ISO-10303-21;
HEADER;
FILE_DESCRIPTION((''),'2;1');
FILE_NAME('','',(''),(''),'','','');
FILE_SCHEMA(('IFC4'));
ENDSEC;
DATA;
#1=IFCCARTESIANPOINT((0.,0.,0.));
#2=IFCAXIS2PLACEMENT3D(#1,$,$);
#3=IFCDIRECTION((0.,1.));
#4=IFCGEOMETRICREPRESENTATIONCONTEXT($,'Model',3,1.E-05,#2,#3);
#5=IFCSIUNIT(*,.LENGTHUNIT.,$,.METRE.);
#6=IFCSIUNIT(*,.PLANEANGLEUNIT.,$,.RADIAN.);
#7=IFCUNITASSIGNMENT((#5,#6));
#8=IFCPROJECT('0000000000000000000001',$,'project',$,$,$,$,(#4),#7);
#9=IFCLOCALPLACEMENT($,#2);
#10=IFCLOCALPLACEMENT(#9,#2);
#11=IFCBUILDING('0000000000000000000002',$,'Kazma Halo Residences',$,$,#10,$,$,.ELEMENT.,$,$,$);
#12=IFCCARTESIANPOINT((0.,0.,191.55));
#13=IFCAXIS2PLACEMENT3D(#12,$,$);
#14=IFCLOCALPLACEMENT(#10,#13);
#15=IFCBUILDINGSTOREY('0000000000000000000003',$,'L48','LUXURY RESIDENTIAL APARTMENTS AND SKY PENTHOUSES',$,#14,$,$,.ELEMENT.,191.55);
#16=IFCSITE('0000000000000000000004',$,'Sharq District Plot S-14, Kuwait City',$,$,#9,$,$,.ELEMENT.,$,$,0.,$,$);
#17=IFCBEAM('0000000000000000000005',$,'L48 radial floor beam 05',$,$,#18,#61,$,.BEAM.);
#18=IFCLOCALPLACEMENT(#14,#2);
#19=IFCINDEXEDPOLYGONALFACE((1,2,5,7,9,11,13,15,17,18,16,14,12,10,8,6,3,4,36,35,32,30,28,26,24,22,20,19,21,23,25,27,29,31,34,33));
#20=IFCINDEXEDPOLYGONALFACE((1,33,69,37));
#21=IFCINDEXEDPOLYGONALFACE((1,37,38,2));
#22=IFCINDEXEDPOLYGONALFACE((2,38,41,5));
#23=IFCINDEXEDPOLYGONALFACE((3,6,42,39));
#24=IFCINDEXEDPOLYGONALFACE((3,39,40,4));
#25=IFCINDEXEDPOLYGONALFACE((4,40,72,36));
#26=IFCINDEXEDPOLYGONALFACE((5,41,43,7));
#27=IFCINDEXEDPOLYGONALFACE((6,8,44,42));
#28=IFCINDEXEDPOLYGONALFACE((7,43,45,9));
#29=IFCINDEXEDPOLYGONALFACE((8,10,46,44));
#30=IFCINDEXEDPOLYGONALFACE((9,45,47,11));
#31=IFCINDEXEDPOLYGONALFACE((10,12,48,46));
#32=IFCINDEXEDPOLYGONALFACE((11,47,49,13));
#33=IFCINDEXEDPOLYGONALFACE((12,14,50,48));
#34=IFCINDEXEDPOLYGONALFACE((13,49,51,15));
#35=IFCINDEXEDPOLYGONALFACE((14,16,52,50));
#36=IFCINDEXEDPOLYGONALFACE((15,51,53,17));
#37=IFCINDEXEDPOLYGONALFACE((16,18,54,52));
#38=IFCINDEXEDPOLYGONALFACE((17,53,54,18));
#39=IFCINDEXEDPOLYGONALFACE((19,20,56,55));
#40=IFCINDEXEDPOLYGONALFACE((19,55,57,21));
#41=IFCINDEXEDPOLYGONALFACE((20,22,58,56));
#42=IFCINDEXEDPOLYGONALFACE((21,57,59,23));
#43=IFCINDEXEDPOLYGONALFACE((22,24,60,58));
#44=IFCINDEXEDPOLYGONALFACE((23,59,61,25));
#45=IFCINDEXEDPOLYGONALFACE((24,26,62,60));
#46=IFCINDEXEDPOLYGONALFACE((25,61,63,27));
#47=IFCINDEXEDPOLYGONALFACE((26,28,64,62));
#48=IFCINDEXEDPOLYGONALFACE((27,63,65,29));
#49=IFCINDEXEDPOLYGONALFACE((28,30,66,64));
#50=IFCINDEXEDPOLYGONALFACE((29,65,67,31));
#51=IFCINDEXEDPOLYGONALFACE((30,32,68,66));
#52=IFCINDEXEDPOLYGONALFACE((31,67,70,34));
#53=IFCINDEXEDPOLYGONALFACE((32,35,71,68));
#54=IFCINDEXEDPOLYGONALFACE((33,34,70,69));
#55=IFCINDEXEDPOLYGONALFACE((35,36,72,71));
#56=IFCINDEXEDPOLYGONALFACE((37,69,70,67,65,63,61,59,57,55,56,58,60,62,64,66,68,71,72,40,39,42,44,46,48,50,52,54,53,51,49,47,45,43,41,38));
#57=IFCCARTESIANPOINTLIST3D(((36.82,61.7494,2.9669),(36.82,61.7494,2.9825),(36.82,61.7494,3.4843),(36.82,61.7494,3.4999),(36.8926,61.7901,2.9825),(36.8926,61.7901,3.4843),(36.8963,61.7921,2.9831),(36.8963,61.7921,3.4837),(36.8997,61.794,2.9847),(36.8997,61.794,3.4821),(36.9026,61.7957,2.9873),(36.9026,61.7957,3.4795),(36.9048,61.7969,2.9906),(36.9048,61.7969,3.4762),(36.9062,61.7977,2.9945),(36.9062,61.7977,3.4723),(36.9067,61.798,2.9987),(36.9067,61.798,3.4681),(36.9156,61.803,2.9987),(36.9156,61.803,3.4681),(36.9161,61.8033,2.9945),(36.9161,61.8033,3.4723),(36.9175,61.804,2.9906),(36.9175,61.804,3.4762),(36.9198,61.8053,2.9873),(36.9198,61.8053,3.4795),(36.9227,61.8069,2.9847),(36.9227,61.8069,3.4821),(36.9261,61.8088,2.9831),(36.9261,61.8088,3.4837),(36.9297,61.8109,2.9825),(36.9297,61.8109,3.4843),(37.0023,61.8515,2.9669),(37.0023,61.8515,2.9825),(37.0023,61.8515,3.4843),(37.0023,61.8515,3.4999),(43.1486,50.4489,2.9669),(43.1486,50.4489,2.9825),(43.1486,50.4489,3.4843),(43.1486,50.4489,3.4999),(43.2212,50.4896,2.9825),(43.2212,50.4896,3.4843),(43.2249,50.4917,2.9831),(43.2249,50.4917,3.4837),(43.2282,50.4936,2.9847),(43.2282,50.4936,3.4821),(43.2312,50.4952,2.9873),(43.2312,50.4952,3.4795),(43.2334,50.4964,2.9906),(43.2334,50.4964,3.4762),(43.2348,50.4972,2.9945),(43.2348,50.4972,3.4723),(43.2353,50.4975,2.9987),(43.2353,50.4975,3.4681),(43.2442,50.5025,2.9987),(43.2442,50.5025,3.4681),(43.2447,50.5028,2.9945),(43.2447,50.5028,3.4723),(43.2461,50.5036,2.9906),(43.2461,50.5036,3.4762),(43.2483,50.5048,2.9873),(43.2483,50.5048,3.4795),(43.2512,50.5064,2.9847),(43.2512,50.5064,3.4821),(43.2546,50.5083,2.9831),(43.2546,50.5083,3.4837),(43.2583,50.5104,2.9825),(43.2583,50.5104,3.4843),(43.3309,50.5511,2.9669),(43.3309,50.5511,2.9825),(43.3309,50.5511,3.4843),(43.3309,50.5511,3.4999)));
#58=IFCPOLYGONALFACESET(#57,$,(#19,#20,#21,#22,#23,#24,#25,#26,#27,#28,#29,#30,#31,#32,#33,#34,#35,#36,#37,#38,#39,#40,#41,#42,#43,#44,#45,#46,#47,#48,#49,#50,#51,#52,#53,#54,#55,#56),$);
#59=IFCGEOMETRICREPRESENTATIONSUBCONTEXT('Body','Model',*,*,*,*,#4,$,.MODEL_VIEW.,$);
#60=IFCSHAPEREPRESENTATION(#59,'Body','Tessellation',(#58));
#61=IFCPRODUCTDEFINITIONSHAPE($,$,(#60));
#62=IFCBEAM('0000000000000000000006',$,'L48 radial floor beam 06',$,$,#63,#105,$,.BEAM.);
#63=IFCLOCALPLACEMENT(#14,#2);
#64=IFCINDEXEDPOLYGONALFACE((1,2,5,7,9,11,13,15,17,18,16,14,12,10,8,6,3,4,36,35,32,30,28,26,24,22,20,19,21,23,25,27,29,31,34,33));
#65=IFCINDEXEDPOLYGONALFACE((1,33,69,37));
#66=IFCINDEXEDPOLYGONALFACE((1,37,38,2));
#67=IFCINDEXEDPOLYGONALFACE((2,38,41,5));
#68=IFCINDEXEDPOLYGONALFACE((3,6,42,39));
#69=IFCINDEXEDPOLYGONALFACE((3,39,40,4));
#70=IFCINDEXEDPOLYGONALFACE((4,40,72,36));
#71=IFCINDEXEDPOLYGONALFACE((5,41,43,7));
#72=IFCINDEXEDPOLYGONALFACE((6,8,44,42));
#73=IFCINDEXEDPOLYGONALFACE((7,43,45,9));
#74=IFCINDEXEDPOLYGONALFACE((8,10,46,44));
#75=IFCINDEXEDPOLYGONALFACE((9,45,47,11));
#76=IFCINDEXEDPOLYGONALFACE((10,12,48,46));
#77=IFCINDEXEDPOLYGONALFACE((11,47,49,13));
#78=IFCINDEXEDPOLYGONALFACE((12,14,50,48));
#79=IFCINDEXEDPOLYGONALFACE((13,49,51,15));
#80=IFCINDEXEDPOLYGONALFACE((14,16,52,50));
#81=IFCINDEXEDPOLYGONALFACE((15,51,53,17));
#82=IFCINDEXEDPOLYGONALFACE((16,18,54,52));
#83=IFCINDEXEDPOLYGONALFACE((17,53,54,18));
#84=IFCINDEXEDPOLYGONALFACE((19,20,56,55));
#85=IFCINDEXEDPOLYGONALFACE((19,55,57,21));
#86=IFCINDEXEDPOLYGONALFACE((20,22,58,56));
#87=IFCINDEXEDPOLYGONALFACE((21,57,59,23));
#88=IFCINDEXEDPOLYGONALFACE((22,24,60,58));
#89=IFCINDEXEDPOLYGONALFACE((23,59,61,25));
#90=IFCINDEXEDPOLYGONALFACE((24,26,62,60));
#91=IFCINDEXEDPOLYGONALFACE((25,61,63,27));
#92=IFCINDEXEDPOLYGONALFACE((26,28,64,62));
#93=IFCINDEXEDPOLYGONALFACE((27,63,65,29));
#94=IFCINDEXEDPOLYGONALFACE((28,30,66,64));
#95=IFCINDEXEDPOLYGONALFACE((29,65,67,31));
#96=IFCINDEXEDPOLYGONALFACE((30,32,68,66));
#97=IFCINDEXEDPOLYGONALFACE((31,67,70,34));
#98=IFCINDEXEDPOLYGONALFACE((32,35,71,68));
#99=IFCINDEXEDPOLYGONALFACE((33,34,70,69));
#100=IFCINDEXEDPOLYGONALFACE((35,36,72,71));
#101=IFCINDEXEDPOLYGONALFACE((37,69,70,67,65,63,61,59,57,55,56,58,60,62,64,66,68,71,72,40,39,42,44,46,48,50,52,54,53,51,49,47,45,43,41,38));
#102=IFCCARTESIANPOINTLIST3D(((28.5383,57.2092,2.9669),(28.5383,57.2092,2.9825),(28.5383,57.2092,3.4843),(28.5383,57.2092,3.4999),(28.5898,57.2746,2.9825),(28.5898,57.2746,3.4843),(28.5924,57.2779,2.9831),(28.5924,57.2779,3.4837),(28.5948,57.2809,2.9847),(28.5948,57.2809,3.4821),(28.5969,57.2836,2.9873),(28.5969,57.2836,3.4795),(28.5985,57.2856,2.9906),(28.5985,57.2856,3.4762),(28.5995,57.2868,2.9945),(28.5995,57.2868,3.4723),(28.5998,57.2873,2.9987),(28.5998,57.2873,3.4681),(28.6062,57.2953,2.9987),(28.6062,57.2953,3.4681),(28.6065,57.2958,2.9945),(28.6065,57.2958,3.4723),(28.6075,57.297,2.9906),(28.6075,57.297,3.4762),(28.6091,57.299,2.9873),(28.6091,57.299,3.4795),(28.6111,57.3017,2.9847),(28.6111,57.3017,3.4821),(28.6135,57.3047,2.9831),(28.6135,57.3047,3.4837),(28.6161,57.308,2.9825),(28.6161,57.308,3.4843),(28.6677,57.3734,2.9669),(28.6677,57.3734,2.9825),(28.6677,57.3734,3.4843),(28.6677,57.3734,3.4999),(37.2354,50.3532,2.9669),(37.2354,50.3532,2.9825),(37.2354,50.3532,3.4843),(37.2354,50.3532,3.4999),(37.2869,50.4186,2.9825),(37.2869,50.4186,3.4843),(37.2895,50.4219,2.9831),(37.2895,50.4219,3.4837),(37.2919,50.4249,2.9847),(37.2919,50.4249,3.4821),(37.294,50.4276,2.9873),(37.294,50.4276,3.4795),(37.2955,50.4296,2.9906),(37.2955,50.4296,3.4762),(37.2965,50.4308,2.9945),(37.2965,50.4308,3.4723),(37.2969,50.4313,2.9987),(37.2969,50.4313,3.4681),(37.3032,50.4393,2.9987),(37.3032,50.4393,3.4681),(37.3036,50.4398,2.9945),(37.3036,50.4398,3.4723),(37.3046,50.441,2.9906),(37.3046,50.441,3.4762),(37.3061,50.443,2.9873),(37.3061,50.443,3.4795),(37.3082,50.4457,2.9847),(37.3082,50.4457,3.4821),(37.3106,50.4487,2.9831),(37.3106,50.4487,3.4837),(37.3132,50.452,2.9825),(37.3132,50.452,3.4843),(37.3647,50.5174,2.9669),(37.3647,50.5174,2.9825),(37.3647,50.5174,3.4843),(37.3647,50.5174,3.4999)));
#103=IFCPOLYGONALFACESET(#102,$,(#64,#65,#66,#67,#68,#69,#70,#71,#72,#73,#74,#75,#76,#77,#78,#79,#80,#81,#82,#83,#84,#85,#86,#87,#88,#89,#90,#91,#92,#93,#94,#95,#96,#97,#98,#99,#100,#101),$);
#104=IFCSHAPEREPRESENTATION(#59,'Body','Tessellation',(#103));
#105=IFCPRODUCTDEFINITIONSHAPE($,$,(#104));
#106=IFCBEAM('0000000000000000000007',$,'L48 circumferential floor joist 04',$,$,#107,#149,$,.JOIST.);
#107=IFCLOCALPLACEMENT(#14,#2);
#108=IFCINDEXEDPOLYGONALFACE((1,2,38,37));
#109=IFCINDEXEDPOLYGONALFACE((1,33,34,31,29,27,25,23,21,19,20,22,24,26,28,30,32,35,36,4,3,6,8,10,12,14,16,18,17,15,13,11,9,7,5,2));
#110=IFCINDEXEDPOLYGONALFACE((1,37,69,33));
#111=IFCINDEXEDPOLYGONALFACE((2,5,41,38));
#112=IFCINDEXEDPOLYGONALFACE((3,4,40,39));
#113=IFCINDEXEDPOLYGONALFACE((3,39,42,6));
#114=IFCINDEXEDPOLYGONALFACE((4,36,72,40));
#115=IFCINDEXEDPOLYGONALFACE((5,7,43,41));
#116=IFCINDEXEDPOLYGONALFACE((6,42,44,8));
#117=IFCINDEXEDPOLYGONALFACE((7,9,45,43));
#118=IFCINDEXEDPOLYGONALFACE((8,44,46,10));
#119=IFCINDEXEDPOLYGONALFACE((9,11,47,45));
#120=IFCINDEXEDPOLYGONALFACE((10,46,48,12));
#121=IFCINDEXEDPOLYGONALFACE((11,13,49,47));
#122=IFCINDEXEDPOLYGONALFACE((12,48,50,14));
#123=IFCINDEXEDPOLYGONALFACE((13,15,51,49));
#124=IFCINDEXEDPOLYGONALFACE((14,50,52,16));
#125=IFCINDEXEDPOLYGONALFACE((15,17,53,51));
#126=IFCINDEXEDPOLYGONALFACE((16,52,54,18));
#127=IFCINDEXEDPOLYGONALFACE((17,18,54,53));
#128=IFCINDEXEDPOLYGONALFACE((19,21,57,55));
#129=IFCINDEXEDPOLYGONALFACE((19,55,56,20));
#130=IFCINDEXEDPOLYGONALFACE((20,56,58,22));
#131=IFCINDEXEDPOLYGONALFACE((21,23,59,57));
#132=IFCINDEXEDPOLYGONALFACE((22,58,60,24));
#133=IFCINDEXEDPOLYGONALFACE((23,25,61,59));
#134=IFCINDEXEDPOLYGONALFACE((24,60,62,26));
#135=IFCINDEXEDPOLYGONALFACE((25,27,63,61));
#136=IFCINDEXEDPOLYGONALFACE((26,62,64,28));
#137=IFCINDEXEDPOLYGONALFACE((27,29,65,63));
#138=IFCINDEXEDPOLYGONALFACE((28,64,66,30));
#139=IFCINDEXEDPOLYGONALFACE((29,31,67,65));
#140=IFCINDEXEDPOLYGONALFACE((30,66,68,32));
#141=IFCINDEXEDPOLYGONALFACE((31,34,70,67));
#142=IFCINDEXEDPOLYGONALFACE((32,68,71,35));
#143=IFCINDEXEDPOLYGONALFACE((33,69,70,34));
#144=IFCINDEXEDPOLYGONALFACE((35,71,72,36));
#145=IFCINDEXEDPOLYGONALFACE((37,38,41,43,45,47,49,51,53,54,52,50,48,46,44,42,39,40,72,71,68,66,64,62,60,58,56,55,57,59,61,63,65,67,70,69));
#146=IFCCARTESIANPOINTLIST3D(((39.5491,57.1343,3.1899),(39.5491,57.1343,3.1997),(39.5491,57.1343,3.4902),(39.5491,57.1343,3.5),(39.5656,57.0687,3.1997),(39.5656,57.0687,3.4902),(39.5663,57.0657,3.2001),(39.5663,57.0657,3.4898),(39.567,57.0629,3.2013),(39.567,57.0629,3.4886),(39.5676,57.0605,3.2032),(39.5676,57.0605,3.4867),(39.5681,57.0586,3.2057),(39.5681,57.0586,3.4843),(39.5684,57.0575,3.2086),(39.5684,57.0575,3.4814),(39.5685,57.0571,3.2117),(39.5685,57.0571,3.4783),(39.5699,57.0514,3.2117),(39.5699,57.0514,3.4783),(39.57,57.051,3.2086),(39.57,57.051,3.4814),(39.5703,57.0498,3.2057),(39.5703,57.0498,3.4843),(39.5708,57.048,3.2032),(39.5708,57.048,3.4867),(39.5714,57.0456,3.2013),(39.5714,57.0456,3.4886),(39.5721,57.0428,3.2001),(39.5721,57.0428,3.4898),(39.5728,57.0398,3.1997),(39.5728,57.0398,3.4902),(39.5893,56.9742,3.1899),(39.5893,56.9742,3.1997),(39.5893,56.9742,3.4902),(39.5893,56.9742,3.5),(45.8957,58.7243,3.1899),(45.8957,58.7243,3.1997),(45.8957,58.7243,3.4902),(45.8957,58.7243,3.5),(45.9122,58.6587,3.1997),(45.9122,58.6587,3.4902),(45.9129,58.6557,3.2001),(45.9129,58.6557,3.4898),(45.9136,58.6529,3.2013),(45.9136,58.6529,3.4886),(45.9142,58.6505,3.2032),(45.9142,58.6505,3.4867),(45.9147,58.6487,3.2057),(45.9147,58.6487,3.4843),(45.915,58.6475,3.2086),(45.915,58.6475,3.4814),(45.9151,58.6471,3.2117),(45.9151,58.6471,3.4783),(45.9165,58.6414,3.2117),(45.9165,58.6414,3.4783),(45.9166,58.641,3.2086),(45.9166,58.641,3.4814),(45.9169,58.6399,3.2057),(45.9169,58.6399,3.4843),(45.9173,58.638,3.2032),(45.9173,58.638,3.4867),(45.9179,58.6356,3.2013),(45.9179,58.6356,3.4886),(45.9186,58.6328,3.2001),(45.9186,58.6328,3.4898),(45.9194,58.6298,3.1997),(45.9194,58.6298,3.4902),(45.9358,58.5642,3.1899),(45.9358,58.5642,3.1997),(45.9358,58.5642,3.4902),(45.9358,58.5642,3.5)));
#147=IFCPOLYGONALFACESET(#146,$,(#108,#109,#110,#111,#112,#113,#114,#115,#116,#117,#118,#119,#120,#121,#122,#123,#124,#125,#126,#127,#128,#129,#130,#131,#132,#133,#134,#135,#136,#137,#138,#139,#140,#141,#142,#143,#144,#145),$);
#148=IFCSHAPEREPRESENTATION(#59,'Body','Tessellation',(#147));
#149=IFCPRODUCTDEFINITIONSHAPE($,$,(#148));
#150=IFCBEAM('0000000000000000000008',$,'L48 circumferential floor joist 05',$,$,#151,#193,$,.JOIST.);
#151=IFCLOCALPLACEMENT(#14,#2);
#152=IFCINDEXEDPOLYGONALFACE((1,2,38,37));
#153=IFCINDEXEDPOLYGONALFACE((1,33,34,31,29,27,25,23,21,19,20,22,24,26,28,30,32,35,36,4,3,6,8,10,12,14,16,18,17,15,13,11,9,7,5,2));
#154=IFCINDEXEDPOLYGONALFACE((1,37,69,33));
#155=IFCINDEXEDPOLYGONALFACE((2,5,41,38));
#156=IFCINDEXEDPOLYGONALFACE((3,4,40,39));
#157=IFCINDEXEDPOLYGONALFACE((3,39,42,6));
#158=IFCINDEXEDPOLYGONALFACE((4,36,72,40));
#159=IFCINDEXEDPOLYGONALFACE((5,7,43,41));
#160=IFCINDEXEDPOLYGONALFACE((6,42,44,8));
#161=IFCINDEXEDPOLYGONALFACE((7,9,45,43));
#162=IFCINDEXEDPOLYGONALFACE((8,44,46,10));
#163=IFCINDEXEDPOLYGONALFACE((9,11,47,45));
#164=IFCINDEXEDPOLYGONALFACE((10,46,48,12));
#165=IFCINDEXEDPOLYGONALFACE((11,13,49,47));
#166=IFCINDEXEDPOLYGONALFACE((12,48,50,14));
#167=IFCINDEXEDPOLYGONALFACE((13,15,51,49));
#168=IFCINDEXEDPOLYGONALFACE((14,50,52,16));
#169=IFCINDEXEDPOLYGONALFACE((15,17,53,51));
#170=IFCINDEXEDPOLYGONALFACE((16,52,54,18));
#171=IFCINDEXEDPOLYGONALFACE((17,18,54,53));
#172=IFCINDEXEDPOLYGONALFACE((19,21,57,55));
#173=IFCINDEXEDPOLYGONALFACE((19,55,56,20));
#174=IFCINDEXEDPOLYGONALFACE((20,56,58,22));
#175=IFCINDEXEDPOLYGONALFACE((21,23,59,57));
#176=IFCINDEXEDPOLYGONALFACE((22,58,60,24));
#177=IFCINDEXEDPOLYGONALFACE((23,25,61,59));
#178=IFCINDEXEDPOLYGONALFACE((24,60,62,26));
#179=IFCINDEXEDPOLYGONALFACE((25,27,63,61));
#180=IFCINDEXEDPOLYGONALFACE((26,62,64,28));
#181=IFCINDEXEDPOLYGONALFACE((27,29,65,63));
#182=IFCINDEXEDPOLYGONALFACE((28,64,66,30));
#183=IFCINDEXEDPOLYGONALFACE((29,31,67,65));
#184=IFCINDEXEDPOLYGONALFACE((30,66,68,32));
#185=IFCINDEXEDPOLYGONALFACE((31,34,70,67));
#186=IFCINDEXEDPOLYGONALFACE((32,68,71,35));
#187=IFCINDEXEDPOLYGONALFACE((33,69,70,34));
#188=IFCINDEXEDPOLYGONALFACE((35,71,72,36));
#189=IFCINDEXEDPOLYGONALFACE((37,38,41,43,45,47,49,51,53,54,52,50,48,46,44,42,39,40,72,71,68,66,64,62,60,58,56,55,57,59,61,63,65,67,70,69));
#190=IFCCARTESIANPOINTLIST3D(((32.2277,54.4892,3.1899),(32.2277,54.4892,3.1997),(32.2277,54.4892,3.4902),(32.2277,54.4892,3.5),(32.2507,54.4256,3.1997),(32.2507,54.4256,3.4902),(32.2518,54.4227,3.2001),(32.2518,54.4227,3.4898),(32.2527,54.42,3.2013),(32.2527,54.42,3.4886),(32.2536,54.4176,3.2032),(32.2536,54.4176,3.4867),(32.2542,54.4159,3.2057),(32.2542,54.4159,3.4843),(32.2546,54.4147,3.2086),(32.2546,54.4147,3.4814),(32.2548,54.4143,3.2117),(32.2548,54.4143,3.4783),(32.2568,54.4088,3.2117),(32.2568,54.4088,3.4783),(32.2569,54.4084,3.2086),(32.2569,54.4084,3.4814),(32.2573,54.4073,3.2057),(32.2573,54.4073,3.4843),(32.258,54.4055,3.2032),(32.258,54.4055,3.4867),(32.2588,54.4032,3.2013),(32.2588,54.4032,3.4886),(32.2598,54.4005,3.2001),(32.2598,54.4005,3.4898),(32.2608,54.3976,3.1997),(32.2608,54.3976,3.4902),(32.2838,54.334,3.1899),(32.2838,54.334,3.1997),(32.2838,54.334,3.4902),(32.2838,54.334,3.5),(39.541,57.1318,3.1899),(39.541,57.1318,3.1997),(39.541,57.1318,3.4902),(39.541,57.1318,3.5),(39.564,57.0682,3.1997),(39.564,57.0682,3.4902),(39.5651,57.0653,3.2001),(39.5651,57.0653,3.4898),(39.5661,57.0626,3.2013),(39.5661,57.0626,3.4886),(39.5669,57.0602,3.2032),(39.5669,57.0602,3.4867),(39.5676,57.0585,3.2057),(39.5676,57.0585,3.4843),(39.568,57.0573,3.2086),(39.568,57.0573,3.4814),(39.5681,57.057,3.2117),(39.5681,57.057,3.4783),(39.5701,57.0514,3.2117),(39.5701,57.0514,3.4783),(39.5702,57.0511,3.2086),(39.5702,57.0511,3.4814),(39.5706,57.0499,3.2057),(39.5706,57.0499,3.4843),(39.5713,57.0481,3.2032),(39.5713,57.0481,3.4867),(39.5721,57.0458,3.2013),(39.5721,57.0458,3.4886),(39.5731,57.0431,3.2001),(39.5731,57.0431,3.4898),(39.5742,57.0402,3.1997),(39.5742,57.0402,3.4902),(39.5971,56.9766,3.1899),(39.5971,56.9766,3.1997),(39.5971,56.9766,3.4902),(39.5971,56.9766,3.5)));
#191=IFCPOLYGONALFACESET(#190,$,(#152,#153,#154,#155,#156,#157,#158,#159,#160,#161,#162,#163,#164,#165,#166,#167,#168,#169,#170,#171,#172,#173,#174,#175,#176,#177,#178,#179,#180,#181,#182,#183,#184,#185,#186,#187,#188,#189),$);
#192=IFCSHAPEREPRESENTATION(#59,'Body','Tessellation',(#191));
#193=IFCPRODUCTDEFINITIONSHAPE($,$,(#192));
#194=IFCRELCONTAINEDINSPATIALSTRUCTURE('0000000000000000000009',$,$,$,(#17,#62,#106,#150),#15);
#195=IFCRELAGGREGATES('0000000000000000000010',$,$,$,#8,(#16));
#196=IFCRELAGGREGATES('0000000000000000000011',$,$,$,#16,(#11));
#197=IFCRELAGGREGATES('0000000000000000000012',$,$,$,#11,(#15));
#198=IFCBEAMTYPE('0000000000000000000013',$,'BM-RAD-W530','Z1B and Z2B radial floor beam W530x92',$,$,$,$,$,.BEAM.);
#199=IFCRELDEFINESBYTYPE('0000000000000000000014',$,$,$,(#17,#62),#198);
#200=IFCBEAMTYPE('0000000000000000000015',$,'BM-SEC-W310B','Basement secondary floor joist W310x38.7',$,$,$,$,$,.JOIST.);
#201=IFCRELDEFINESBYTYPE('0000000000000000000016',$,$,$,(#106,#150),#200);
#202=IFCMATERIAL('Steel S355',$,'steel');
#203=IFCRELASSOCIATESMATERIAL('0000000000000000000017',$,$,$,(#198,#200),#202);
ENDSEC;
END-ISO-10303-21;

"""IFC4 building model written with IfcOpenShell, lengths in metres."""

from ifc_helpers import new_model, si_unit, direction, frame, origin, origin_2d, place, context, subcontext, project, spatial, i_section, extrude, material, material_profile, profile_set, type_object, element, save


model = new_model("IFC4")

# Units and contexts
model_context = context("Model", 3, precision=1e-05, world=origin(), true_north=direction((0.0, 1.0)))
body_context = subcontext(model_context, "Body", "Model", "MODEL_VIEW")
ifc_project = project(units=[si_unit("LENGTHUNIT", "METRE"), si_unit("PLANEANGLEUNIT", "RADIAN")], contexts=[model_context])

# Site, building, storey
site_placement = place(None, origin())
site = spatial("IfcSite", under=ifc_project, at=site_placement, Name="Sharq District Plot S-14, Kuwait City", CompositionType="ELEMENT", RefElevation=0.0)
building_placement = place(site_placement, origin())
building = spatial("IfcBuilding", under=site, at=building_placement, Name="Kazma Halo Residences", CompositionType="ELEMENT")
storey_placement = place(building_placement, frame((0.0, 0.0, 191.55)))
storey = spatial("IfcBuildingStorey", under=building, at=storey_placement, Name="L48", Description="LUXURY RESIDENTIAL APARTMENTS AND SKY PENTHOUSES", CompositionType="ELEMENT", Elevation=191.55)

# Beams
ifc_material_1 = material(Name="Steel S355", Category="steel")
ifc_material_profile_1 = material_profile(ifc_material_1, i_section(OverallWidth=0.209, OverallDepth=0.533, WebThickness=0.0103, FlangeThickness=0.0156, FilletRadius=0.0161, at=origin_2d()), Name="W530x92")
ifc_profile_set_1 = profile_set([ifc_material_profile_1], Name="Steel S355")
beam_type_1 = type_object("IfcBeamType", Name="BM-RAD-W530", Description="Z1B and Z2B radial floor beam W530x92", PredefinedType="BEAM", material=ifc_profile_set_1)
beam_1_placement = place(storey_placement, frame((43.2397, 50.5, 3.2334), z_axis=(-0.488622, 0.872496, 0.0), x_axis=(-0.872496, -0.488622, 0.0)))
element("IfcBeam", 1, at=beam_1_placement, inside=storey, type_object=beam_type_1, Name="L48 radial floor beam 05", PredefinedType="BEAM", context=body_context, shape_type="SweptSolid", body=[
    extrude(i_section(OverallWidth=0.209, OverallDepth=0.533, WebThickness=0.0103, FlangeThickness=0.0156, FilletRadius=0.0161, at=origin_2d()), origin(), (0.0, 0.0, 1.0), 12.9519),
])
beam_2_placement = place(storey_placement, frame((37.3, 50.4353, 3.2334), z_axis=(-0.785327, 0.619082, 0.0), x_axis=(-0.619082, -0.785327, 0.0)))
element("IfcBeam", 2, at=beam_2_placement, inside=storey, type_object=beam_type_1, Name="L48 radial floor beam 06", PredefinedType="BEAM", context=body_context, shape_type="SweptSolid", body=[
    extrude(i_section(OverallWidth=0.209, OverallDepth=0.533, WebThickness=0.0103, FlangeThickness=0.0156, FilletRadius=0.0161, at=origin_2d()), origin(), (0.0, 0.0, 1.0), 11.0745),
])
ifc_material_profile_2 = material_profile(ifc_material_1, i_section(OverallWidth=0.165, OverallDepth=0.3101, WebThickness=0.0059, FlangeThickness=0.0098, FilletRadius=0.012, at=origin_2d()), Name="W310x38.7")
ifc_profile_set_2 = profile_set([ifc_material_profile_2], Name="Steel S355")
beam_type_2 = type_object("IfcBeamType", Name="BM-SEC-W310B", Description="Basement secondary floor joist W310x38.7", PredefinedType="JOIST", material=ifc_profile_set_2)
beam_3_placement = place(storey_placement, frame((45.9158, 58.6443, 3.345), z_axis=(-0.970019, -0.243027, 0.0), x_axis=(0.243027, -0.970019, 0.0)))
element("IfcBeam", 3, at=beam_3_placement, inside=storey, type_object=beam_type_2, Name="L48 circumferential floor joist 04", PredefinedType="JOIST", context=body_context, shape_type="SweptSolid", body=[
    extrude(i_section(OverallWidth=0.165, OverallDepth=0.3101, WebThickness=0.0059, FlangeThickness=0.0098, FilletRadius=0.012, at=origin_2d()), origin(), (0.0, 0.0, 1.0), 6.5427),
])
beam_4_placement = place(storey_placement, frame((39.5691, 57.0542, 3.345), z_axis=(-0.940485, -0.339837, 0.0), x_axis=(0.339837, -0.940485, 0.0)))
element("IfcBeam", 4, at=beam_4_placement, inside=storey, type_object=beam_type_2, Name="L48 circumferential floor joist 05", PredefinedType="JOIST", context=body_context, shape_type="SweptSolid", body=[
    extrude(i_section(OverallWidth=0.165, OverallDepth=0.3101, WebThickness=0.0059, FlangeThickness=0.0098, FilletRadius=0.012, at=origin_2d()), origin(), (0.0, 0.0, 1.0), 7.7761),
])

save(model, "model.ifc")
